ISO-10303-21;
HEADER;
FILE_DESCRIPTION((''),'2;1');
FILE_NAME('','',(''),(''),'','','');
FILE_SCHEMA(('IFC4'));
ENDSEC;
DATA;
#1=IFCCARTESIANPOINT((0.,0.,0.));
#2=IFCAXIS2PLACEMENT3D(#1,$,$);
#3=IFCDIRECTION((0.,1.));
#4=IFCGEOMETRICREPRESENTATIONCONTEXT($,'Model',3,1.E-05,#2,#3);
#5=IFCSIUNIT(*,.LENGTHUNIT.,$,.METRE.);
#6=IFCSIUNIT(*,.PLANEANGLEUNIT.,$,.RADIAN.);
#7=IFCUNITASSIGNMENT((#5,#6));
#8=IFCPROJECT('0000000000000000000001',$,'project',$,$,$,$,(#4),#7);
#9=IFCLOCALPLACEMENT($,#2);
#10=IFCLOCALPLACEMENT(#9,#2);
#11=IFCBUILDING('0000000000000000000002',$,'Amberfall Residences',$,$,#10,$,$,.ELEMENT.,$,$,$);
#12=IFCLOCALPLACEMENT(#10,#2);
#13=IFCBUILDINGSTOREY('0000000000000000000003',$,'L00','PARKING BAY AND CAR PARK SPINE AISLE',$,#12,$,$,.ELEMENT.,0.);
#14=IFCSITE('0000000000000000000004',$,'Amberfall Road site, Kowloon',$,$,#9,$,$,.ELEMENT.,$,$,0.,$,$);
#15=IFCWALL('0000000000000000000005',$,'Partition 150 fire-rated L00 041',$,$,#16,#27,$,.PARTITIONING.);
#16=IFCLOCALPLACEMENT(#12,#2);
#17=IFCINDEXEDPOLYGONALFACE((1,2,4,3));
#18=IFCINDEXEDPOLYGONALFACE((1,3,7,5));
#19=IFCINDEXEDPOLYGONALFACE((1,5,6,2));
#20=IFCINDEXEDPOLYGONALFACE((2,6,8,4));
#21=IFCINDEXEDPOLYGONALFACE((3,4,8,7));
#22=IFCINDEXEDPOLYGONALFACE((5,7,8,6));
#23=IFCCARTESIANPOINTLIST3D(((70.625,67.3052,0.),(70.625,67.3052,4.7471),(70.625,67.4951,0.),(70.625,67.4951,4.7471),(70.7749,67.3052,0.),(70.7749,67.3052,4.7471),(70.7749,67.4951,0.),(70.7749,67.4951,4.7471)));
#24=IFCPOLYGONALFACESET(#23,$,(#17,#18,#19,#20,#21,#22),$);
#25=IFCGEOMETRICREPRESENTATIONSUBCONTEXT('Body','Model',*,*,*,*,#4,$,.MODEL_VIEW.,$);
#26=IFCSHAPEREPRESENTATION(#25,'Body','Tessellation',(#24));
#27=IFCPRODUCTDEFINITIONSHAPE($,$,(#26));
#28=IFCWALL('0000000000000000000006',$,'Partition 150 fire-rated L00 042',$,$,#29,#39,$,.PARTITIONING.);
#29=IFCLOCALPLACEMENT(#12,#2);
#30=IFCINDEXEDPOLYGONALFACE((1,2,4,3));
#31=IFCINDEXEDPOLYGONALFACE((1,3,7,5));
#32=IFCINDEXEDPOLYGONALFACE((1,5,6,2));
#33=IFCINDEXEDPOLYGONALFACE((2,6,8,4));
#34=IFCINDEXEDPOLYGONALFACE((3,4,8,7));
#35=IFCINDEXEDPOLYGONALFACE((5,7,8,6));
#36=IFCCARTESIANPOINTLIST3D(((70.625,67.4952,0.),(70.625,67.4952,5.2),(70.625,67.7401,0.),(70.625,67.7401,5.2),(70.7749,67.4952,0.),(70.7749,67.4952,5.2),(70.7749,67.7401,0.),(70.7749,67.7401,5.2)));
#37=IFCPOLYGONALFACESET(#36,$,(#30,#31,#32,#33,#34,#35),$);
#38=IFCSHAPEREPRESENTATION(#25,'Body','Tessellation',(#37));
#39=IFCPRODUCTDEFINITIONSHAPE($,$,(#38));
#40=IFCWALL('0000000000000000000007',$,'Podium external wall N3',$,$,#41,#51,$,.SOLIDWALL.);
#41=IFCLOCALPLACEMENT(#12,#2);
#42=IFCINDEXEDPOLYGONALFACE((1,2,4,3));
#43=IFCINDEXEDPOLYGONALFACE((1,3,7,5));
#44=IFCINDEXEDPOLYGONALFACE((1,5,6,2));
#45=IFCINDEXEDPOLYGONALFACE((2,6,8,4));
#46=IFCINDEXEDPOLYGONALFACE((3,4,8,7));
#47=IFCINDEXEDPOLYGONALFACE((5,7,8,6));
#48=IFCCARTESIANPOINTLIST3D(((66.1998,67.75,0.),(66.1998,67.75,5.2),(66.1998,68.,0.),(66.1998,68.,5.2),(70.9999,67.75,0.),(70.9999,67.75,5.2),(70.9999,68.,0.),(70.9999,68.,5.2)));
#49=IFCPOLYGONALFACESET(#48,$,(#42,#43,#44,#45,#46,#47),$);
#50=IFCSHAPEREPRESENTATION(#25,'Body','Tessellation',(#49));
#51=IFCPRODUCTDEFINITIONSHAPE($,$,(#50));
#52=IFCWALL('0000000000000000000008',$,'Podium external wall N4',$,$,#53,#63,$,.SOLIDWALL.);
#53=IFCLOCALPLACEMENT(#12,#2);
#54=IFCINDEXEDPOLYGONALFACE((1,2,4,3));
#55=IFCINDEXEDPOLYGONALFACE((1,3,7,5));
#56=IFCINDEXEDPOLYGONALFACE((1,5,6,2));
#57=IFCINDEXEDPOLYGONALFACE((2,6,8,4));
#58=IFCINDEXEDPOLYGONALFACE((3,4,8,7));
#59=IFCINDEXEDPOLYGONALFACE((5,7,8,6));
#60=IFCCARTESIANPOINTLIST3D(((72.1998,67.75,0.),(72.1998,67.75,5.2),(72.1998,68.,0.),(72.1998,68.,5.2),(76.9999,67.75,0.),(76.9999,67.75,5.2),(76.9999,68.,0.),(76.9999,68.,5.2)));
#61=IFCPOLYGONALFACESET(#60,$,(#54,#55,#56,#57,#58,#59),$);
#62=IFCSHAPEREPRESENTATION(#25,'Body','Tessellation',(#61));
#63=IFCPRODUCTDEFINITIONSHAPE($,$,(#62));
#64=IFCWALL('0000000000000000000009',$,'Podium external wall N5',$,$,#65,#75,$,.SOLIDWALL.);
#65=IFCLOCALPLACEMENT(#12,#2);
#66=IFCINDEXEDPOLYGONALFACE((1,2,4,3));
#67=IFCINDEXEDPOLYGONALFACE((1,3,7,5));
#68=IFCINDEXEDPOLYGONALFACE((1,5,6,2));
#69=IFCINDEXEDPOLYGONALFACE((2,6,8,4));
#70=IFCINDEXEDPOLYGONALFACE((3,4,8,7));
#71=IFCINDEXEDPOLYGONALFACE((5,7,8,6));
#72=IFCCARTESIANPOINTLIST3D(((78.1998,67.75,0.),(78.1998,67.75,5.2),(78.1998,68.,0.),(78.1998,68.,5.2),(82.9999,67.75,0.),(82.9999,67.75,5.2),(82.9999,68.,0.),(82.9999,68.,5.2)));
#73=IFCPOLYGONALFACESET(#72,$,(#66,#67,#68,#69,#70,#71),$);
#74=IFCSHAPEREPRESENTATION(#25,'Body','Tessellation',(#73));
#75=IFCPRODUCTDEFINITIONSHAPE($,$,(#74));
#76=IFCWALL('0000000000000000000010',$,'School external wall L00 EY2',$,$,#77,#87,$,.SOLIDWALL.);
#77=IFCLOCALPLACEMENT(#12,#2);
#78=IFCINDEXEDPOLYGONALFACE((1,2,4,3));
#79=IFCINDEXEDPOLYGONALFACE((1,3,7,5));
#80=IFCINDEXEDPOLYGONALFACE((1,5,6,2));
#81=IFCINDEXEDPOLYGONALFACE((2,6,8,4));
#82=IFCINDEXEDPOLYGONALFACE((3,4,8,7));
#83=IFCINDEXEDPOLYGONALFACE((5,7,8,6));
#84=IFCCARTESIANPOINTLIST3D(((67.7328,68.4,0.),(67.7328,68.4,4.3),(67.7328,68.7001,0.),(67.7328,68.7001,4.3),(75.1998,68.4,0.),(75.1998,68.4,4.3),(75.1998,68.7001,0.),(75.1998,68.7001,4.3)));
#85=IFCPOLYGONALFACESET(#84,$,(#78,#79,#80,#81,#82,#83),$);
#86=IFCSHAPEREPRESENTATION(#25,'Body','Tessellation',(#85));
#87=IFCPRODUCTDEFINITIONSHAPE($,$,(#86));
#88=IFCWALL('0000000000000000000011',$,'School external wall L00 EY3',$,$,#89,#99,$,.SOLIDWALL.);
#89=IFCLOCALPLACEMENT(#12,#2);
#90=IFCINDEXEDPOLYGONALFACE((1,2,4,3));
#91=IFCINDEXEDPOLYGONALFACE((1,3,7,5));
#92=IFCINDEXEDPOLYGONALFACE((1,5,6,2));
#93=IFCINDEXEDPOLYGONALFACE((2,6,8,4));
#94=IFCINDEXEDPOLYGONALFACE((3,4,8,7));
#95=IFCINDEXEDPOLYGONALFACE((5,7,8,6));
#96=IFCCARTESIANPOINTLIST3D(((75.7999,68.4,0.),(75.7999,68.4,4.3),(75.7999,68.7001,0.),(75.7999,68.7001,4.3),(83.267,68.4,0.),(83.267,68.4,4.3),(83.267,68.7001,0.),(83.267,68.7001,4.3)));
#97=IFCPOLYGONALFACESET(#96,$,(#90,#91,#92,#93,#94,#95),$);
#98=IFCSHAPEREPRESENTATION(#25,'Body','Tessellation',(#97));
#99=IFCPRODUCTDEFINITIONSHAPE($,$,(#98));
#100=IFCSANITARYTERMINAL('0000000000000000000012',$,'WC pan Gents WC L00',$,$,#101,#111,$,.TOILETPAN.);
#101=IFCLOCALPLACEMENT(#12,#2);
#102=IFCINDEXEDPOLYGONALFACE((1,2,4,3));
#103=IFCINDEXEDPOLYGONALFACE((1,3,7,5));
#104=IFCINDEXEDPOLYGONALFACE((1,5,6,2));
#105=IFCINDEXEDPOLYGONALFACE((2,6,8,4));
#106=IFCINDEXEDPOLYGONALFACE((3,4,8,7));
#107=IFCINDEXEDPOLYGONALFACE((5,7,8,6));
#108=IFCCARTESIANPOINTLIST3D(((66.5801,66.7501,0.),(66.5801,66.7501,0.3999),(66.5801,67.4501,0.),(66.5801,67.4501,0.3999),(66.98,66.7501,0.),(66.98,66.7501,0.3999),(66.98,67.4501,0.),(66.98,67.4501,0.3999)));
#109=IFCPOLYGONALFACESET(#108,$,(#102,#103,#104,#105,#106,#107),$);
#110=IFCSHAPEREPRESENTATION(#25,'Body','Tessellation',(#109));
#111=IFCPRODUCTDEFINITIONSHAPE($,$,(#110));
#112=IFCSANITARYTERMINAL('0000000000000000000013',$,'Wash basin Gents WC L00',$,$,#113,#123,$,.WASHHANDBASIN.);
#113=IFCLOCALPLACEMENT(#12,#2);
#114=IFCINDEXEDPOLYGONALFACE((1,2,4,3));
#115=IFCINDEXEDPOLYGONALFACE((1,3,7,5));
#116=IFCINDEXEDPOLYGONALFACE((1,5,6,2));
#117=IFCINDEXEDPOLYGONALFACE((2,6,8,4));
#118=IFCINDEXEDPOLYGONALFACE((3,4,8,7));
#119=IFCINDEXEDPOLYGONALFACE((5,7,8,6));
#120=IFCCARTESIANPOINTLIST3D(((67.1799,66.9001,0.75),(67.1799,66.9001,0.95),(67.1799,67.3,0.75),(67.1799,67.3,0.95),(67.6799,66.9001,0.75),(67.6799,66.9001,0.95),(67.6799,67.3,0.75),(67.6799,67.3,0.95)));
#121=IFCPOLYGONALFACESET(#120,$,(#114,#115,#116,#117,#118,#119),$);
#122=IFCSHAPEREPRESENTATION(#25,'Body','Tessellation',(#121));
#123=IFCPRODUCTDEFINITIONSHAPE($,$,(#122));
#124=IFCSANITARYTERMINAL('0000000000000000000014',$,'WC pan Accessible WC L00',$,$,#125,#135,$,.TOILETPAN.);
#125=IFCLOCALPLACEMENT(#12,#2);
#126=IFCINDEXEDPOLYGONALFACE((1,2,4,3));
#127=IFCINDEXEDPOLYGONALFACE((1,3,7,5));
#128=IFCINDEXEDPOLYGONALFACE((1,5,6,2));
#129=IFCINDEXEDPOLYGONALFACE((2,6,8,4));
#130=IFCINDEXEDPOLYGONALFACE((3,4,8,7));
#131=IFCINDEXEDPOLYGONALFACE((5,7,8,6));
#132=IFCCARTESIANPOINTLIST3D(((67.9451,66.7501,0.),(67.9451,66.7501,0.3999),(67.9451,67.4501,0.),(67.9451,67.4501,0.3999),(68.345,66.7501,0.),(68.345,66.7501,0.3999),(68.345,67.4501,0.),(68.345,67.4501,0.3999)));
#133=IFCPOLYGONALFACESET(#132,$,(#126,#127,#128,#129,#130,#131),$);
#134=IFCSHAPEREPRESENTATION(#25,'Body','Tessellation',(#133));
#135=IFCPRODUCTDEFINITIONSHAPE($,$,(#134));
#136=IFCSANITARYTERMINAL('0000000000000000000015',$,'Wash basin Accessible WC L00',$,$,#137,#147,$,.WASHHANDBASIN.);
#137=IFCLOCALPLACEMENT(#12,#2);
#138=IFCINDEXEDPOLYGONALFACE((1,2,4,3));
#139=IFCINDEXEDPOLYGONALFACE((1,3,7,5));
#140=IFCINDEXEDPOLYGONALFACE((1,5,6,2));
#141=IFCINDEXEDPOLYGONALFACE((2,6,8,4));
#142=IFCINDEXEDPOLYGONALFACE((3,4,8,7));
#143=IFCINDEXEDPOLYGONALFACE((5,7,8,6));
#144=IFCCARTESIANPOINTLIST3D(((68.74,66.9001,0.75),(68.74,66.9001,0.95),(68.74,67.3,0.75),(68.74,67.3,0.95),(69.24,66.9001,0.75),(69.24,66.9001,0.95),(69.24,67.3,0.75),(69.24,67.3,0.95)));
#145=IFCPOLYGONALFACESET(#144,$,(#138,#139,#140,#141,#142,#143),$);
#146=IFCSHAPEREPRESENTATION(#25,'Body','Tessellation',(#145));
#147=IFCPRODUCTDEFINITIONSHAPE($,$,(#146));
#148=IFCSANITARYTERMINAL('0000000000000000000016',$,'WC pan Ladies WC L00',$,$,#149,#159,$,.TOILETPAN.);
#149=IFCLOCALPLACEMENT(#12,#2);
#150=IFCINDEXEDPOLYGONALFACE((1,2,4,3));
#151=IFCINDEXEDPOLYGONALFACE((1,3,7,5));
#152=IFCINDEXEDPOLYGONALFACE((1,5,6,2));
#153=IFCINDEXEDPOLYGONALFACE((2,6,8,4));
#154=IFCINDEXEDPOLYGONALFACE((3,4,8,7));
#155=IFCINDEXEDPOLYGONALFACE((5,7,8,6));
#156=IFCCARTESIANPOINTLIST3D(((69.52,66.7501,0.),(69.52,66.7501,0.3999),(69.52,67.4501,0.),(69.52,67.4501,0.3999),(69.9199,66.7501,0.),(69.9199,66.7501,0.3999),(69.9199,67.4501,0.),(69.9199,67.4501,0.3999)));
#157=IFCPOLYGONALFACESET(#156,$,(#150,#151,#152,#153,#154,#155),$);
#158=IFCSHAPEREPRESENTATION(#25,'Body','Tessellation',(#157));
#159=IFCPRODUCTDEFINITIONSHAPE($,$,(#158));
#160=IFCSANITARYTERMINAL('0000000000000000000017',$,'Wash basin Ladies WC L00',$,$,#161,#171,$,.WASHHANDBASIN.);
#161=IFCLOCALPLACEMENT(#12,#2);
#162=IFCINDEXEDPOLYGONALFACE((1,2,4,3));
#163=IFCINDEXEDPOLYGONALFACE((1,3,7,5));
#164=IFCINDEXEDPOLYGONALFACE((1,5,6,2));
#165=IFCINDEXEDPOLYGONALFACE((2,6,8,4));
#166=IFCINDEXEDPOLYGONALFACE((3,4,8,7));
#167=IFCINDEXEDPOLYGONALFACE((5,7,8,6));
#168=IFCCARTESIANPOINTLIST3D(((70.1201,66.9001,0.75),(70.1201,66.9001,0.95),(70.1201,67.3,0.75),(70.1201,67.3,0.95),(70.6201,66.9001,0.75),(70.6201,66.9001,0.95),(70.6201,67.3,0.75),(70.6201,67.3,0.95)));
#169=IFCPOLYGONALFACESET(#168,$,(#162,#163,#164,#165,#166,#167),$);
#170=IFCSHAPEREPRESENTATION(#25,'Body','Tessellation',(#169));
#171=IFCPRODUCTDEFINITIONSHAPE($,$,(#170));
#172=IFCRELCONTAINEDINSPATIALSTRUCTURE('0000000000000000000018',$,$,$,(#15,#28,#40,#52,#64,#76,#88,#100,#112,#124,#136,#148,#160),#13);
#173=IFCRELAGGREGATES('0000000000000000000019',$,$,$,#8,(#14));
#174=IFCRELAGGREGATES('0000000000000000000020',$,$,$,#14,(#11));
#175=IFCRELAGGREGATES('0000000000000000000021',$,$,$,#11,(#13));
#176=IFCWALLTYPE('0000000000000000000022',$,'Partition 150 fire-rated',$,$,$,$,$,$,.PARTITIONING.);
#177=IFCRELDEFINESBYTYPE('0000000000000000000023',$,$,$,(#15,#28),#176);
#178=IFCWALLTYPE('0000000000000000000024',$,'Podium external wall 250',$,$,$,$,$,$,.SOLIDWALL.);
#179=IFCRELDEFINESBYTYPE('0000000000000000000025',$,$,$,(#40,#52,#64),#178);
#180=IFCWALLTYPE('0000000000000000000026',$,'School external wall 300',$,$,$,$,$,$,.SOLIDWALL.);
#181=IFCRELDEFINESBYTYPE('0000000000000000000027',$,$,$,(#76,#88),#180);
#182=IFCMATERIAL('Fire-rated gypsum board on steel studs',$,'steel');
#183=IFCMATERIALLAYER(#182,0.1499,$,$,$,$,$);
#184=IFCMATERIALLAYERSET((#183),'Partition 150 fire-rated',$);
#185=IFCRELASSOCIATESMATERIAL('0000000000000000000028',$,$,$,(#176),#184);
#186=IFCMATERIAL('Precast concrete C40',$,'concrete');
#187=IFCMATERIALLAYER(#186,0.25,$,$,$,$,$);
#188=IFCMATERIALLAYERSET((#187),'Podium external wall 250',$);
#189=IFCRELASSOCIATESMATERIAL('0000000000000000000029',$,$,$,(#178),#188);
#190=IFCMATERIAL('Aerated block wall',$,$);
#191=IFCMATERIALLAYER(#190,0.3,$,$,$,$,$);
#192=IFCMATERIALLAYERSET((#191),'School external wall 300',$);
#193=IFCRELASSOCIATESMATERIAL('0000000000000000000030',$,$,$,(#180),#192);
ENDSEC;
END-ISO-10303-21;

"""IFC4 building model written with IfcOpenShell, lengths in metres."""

from ifc_helpers import new_model, si_unit, direction, frame, frame_2d, origin, origin_2d, place, context, subcontext, project, spatial, rectangle, extrude, material, layer, layer_set, type_object, element, save


model = new_model("IFC4")

# Units and contexts
model_context = context("Model", 3, precision=1e-05, world=origin(), true_north=direction((0.0, 1.0)))
body_context = subcontext(model_context, "Body", "Model", "MODEL_VIEW")
ifc_project = project(units=[si_unit("LENGTHUNIT", "METRE"), si_unit("PLANEANGLEUNIT", "RADIAN")], contexts=[model_context])

# Site, building, storey
site_placement = place(None, origin())
site = spatial("IfcSite", under=ifc_project, at=site_placement, Name="Amberfall Road site, Kowloon", CompositionType="ELEMENT", RefElevation=0.0)
building_placement = place(site_placement, origin())
building = spatial("IfcBuilding", under=site, at=building_placement, Name="Amberfall Residences", CompositionType="ELEMENT")
storey_placement = place(building_placement, origin())
storey = spatial("IfcBuildingStorey", under=building, at=storey_placement, Name="L00", Description="PARKING BAY AND CAR PARK SPINE AISLE", CompositionType="ELEMENT", Elevation=0.0)

# Shared definitions
ifc_material_1 = material(Name="Fire-rated gypsum board on steel studs", Category="steel")
ifc_layer_1 = layer(ifc_material_1, 0.1499)
ifc_layer_set_1 = layer_set([ifc_layer_1], Name="Partition 150 fire-rated")
wall_type_1 = type_object("IfcWallType", Name="Partition 150 fire-rated", PredefinedType="PARTITIONING", material=ifc_layer_set_1)

# Walls
wall_1_placement = place(storey_placement, frame((70.7, 67.3052, 0.0), z_axis=(0.0, 0.0, 1.0), x_axis=(0.0, 1.0, 0.0)))
element("IfcWall", 1, at=wall_1_placement, inside=storey, type_object=wall_type_1, Name="Partition 150 fire-rated L00 041", PredefinedType="PARTITIONING", context=body_context, shape_type="SweptSolid", body=[
    extrude(rectangle(XDim=0.1899, YDim=0.1499, at=frame_2d((0.095, 0.0))), origin(), (0.0, 0.0, 1.0), 4.7471),
])
wall_2_placement = place(storey_placement, frame((70.7, 67.4951, 0.0), z_axis=(0.0, 0.0, 1.0), x_axis=(0.0, 1.0, 0.0)))
element("IfcWall", 2, at=wall_2_placement, inside=storey, type_object=wall_type_1, Name="Partition 150 fire-rated L00 042", PredefinedType="PARTITIONING", context=body_context, shape_type="SweptSolid", body=[
    extrude(rectangle(XDim=0.2449, YDim=0.1499, at=frame_2d((0.1226, 0.0))), origin(), (0.0, 0.0, 1.0), 5.2),
])
ifc_material_2 = material(Name="Precast concrete C40", Category="concrete")
ifc_layer_2 = layer(ifc_material_2, 0.25)
ifc_layer_set_2 = layer_set([ifc_layer_2], Name="Podium external wall 250")
wall_type_2 = type_object("IfcWallType", Name="Podium external wall 250", PredefinedType="SOLIDWALL", material=ifc_layer_set_2)
for number, where, z_axis, x_axis, name in (
    (3, (66.2, 67.875, 0.0), (0.0, 0.0, 1.0), (1.0, 0.0, 0.0), "Podium external wall N3"),
    (4, (72.2, 67.875, 0.0), (0.0, 0.0, 1.0), (1.0, 0.0, 0.0), "Podium external wall N4"),
    (5, (78.2, 67.875, 0.0), (0.0, 0.0, 1.0), (1.0, 0.0, 0.0), "Podium external wall N5"),
):
    element("IfcWall", number, at=place(storey_placement, frame(where, z_axis=z_axis, x_axis=x_axis)), inside=storey, type_object=wall_type_2, Name=name, PredefinedType="SOLIDWALL", context=body_context, shape_type="SweptSolid", body=[
        extrude(rectangle(XDim=4.8, YDim=0.25, at=frame_2d((2.3999, 0.0))), origin(), (0.0, 0.0, 1.0), 5.2),
    ])
ifc_material_3 = material(Name="Aerated block wall")
ifc_layer_3 = layer(ifc_material_3, 0.3)
ifc_layer_set_3 = layer_set([ifc_layer_3], Name="School external wall 300")
wall_type_3 = type_object("IfcWallType", Name="School external wall 300", PredefinedType="SOLIDWALL", material=ifc_layer_set_3)
for number, where, z_axis, x_axis, name in (
    (6, (67.7329, 68.55, 0.0), (0.0, 0.0, 1.0), (1.0, 0.0, 0.0), "School external wall L00 EY2"),
    (7, (75.8, 68.55, 0.0), (0.0, 0.0, 1.0), (1.0, 0.0, 0.0), "School external wall L00 EY3"),
):
    element("IfcWall", number, at=place(storey_placement, frame(where, z_axis=z_axis, x_axis=x_axis)), inside=storey, type_object=wall_type_3, Name=name, PredefinedType="SOLIDWALL", context=body_context, shape_type="SweptSolid", body=[
        extrude(rectangle(XDim=7.467, YDim=0.3, at=frame_2d((3.7334, 0.0))), origin(), (0.0, 0.0, 1.0), 4.3),
    ])

# Sanitary terminals
sanitary_terminal_1_placement = place(storey_placement, frame((66.78, 67.1001, 0.0), z_axis=(0.0, 0.0, 1.0), x_axis=(1.0, 0.0, 0.0)))
element("IfcSanitaryTerminal", 8, at=sanitary_terminal_1_placement, inside=storey, Name="WC pan Gents WC L00", PredefinedType="TOILETPAN", context=body_context, shape_type="SweptSolid", body=[
    extrude(rectangle(XDim=0.3999, YDim=0.7, at=origin_2d()), origin(), (0.0, 0.0, 1.0), 0.3999),
])
sanitary_terminal_2_placement = place(storey_placement, frame((67.4299, 67.1001, 0.75), z_axis=(0.0, 0.0, 1.0), x_axis=(1.0, 0.0, 0.0)))
element("IfcSanitaryTerminal", 9, at=sanitary_terminal_2_placement, inside=storey, Name="Wash basin Gents WC L00", PredefinedType="WASHHANDBASIN", context=body_context, shape_type="SweptSolid", body=[
    extrude(rectangle(XDim=0.5, YDim=0.3999, at=origin_2d()), origin(), (0.0, 0.0, 1.0), 0.2),
])
sanitary_terminal_3_placement = place(storey_placement, frame((68.145, 67.1001, 0.0), z_axis=(0.0, 0.0, 1.0), x_axis=(1.0, 0.0, 0.0)))
element("IfcSanitaryTerminal", 10, at=sanitary_terminal_3_placement, inside=storey, Name="WC pan Accessible WC L00", PredefinedType="TOILETPAN", context=body_context, shape_type="SweptSolid", body=[
    extrude(rectangle(XDim=0.3999, YDim=0.7, at=origin_2d()), origin(), (0.0, 0.0, 1.0), 0.3999),
])
sanitary_terminal_4_placement = place(storey_placement, frame((68.99, 67.1001, 0.75), z_axis=(0.0, 0.0, 1.0), x_axis=(1.0, 0.0, 0.0)))
element("IfcSanitaryTerminal", 11, at=sanitary_terminal_4_placement, inside=storey, Name="Wash basin Accessible WC L00", PredefinedType="WASHHANDBASIN", context=body_context, shape_type="SweptSolid", body=[
    extrude(rectangle(XDim=0.5, YDim=0.3999, at=origin_2d()), origin(), (0.0, 0.0, 1.0), 0.2),
])
sanitary_terminal_5_placement = place(storey_placement, frame((69.72, 67.1001, 0.0), z_axis=(0.0, 0.0, 1.0), x_axis=(1.0, 0.0, 0.0)))
element("IfcSanitaryTerminal", 12, at=sanitary_terminal_5_placement, inside=storey, Name="WC pan Ladies WC L00", PredefinedType="TOILETPAN", context=body_context, shape_type="SweptSolid", body=[
    extrude(rectangle(XDim=0.3999, YDim=0.7, at=origin_2d()), origin(), (0.0, 0.0, 1.0), 0.3999),
])
sanitary_terminal_6_placement = place(storey_placement, frame((70.3701, 67.1001, 0.75), z_axis=(0.0, 0.0, 1.0), x_axis=(1.0, 0.0, 0.0)))
element("IfcSanitaryTerminal", 13, at=sanitary_terminal_6_placement, inside=storey, Name="Wash basin Ladies WC L00", PredefinedType="WASHHANDBASIN", context=body_context, shape_type="SweptSolid", body=[
    extrude(rectangle(XDim=0.5, YDim=0.3999, at=origin_2d()), origin(), (0.0, 0.0, 1.0), 0.2),
])

save(model, "model.ifc")
